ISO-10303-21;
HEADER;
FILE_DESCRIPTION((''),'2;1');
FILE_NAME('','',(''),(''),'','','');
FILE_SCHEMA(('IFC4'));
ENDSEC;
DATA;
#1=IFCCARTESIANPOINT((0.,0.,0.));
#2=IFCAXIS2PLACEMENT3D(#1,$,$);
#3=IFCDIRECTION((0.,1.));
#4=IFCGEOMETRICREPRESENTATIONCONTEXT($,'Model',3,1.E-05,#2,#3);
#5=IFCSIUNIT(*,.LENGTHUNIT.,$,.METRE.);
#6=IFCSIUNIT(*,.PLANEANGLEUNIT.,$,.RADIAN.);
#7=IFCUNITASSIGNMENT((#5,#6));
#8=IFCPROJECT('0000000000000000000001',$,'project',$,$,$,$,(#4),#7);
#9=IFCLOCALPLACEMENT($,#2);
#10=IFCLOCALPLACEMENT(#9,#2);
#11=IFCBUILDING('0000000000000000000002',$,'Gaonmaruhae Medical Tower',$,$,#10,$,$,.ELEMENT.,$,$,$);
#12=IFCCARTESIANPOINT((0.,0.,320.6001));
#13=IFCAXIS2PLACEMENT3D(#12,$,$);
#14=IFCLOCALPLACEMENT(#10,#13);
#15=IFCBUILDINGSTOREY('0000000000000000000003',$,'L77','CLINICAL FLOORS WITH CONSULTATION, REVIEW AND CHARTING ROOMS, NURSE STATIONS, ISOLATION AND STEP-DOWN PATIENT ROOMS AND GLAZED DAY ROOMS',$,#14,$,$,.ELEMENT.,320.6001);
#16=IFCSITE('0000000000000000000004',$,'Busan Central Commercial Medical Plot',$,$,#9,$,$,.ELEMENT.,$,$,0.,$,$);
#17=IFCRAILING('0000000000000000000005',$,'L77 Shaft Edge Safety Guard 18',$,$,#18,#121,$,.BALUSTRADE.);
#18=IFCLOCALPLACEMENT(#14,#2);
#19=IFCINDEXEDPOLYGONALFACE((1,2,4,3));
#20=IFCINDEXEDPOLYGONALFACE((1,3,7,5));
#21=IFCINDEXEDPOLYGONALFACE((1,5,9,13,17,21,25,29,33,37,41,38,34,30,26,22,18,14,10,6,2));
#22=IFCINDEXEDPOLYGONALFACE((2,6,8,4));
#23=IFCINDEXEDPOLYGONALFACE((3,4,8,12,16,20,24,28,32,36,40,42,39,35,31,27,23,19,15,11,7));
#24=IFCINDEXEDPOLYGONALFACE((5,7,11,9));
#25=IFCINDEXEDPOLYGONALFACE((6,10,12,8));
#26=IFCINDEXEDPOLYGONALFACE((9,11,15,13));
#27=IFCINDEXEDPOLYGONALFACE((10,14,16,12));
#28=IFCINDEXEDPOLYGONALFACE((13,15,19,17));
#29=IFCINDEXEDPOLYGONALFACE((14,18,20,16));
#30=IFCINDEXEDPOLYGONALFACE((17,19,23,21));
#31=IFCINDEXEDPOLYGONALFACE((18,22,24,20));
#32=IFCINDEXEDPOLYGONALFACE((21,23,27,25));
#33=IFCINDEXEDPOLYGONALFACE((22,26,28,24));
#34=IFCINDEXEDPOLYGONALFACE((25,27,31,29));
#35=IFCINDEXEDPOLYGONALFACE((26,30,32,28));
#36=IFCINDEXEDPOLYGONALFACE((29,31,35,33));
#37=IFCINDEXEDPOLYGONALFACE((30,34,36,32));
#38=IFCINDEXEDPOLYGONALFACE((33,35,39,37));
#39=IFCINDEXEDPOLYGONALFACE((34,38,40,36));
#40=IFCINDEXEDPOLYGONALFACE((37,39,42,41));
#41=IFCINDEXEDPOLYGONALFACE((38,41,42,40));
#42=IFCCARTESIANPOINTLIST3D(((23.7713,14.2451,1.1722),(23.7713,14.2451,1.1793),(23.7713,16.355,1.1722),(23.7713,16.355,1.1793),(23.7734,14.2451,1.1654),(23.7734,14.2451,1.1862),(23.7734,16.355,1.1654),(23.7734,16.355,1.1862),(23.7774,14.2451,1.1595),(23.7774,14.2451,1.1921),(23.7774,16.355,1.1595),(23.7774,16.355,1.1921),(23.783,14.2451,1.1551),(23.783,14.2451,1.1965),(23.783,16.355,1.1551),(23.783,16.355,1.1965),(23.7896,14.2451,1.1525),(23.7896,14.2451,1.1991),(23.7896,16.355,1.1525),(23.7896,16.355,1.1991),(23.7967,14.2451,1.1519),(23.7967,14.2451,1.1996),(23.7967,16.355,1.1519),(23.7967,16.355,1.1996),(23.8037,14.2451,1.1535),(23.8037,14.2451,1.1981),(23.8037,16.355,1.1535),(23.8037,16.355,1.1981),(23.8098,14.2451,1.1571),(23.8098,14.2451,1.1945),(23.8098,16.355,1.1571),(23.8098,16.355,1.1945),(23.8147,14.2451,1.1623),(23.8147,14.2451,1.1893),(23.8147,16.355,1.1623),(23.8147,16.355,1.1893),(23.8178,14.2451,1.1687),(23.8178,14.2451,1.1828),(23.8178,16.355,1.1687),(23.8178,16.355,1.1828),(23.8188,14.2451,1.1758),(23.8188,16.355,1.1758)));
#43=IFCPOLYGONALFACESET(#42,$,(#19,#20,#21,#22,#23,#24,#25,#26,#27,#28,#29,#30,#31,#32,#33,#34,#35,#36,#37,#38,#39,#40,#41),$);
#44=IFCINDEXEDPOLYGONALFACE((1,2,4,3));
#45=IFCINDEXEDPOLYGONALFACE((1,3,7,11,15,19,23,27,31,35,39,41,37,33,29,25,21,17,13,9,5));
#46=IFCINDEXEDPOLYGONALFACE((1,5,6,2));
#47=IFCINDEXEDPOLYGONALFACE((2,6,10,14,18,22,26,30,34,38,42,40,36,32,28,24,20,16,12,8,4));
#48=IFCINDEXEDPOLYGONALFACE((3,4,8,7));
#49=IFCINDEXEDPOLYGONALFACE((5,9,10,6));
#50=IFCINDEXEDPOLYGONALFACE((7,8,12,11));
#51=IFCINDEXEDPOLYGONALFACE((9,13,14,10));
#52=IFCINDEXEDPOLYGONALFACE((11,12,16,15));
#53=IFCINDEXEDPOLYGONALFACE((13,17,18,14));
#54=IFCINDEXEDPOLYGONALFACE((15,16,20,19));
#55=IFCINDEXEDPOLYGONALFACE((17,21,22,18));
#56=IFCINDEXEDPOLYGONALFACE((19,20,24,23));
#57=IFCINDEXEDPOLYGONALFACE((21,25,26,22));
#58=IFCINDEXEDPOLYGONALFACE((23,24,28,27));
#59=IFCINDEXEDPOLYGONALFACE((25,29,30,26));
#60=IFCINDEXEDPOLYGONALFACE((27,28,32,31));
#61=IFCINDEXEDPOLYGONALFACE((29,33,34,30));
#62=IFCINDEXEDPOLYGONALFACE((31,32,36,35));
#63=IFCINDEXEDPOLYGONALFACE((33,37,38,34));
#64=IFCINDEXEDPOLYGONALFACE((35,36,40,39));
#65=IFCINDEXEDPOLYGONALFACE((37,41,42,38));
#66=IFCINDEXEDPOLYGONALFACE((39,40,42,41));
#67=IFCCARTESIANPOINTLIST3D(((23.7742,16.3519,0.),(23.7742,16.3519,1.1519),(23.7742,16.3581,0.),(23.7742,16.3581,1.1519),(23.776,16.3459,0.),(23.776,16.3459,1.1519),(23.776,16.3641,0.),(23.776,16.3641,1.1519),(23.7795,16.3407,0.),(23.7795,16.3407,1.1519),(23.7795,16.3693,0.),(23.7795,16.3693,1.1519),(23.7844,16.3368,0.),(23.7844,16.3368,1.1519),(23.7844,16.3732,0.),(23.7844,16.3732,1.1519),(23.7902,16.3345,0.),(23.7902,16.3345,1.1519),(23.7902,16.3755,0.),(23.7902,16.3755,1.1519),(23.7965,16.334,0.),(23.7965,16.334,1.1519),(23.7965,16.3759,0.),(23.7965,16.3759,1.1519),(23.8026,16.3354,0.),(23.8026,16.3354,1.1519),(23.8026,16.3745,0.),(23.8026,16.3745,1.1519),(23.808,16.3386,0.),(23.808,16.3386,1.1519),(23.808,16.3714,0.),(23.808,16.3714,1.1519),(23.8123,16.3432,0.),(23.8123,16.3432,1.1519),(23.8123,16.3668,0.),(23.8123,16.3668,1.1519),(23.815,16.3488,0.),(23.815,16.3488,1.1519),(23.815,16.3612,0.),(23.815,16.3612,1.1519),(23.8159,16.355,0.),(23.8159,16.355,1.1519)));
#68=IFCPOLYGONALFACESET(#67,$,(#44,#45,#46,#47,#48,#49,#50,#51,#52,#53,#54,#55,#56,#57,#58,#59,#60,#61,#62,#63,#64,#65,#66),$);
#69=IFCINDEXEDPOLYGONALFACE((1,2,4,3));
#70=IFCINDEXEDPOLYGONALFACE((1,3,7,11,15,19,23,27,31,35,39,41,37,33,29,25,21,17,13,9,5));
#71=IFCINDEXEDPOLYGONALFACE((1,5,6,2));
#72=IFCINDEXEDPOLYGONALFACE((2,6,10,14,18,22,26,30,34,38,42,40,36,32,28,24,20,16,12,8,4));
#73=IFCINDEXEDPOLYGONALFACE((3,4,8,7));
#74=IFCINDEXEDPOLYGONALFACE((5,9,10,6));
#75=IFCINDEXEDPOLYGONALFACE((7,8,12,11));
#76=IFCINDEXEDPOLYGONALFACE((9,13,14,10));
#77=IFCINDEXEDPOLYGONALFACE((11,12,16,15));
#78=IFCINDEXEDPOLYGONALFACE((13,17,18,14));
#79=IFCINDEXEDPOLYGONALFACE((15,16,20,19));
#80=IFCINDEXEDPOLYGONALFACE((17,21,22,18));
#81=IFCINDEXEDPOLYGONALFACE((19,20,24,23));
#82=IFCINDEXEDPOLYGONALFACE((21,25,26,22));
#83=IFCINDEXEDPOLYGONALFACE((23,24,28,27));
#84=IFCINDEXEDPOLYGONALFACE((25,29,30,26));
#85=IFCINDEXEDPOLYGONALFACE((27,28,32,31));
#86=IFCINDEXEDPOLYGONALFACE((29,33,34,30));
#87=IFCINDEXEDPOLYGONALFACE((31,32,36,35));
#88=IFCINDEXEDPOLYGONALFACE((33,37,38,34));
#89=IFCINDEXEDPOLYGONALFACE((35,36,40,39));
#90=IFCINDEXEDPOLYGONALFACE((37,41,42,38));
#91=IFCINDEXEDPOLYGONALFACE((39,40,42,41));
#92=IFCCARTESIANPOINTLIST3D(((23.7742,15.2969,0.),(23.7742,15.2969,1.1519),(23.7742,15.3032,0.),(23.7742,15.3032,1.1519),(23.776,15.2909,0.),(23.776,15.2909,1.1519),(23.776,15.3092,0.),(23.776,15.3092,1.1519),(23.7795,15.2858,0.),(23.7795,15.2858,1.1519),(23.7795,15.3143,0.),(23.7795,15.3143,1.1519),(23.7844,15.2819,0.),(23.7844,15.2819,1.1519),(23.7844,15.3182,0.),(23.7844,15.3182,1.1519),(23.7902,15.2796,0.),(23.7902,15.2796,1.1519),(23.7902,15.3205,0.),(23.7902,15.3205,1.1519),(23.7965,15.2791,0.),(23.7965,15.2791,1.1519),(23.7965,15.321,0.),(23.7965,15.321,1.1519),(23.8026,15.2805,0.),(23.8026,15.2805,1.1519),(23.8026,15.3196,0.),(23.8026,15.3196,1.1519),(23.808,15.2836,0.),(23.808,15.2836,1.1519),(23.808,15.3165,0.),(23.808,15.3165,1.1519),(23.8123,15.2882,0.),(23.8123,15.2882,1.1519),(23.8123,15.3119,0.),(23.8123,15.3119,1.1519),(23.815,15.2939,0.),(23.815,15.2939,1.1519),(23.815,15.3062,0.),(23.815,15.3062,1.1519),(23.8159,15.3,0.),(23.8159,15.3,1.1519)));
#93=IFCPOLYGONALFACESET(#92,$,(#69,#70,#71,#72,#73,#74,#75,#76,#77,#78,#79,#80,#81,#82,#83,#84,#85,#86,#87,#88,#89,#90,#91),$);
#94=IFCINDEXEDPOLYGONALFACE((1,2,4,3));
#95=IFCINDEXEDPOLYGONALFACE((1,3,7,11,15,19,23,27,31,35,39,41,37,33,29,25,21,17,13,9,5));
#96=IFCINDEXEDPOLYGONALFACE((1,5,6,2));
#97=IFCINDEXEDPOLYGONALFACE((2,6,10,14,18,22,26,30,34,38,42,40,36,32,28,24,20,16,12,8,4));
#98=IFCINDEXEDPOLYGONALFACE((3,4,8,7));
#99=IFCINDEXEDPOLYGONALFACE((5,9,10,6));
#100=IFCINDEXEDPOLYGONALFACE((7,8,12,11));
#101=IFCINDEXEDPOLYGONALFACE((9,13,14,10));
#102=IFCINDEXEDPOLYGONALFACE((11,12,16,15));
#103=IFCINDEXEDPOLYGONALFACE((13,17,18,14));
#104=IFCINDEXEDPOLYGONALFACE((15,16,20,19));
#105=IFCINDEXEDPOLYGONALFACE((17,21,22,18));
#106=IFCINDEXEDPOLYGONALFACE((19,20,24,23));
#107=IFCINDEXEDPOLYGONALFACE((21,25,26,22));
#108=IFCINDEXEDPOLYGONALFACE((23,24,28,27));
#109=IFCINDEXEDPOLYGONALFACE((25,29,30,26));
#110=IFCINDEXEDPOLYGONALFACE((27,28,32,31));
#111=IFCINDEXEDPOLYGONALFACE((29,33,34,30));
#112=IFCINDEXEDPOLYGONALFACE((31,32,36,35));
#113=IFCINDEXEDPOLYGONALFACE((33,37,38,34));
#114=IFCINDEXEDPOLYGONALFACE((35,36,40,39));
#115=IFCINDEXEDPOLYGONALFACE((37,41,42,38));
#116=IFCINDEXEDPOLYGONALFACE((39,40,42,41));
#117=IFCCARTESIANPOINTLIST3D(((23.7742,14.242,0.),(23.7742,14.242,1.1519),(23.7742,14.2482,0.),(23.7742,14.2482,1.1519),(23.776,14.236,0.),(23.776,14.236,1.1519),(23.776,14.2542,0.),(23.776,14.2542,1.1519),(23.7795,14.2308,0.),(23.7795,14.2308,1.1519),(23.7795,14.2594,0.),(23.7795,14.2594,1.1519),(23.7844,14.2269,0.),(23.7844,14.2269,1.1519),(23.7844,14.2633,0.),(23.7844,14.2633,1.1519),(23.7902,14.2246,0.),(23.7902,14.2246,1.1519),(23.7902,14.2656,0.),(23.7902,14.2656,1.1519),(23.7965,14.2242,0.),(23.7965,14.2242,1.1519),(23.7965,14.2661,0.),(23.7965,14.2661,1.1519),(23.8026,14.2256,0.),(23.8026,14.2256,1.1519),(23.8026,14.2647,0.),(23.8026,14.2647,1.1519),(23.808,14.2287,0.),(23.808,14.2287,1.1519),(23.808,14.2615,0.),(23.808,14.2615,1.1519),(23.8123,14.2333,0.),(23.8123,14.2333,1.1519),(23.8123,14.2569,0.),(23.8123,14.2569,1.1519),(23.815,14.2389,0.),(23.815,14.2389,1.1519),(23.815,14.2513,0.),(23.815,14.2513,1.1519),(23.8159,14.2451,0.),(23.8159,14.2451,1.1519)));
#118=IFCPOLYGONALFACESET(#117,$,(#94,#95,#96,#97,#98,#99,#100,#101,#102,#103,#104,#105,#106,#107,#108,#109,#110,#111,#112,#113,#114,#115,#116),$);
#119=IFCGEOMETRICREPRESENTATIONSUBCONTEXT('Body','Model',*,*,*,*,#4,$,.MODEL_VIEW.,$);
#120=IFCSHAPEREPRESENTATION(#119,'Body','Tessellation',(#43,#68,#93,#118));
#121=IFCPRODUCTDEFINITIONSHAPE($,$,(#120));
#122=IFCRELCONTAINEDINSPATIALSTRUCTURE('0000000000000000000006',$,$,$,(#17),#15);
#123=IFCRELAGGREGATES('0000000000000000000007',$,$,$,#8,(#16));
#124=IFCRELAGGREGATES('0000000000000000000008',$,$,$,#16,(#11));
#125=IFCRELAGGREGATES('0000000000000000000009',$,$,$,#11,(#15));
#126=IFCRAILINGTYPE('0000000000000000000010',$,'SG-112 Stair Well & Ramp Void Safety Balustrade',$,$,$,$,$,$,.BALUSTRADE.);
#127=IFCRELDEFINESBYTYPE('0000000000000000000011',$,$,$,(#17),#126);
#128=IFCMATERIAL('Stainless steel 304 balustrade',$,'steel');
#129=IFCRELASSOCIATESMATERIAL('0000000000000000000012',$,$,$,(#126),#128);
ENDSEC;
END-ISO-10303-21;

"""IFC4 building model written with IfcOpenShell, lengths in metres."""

from ifc_helpers import new_model, si_unit, direction, frame, origin, origin_2d, place, context, subcontext, project, spatial, circle, extrude, material, type_object, element, save


model = new_model("IFC4")

# Units and contexts
model_context = context("Model", 3, precision=1e-05, world=origin(), true_north=direction((0.0, 1.0)))
body_context = subcontext(model_context, "Body", "Model", "MODEL_VIEW")
ifc_project = project(units=[si_unit("LENGTHUNIT", "METRE"), si_unit("PLANEANGLEUNIT", "RADIAN")], contexts=[model_context])

# Site, building, storey
site_placement = place(None, origin())
site = spatial("IfcSite", under=ifc_project, at=site_placement, Name="Busan Central Commercial Medical Plot", CompositionType="ELEMENT", RefElevation=0.0)
building_placement = place(site_placement, origin())
building = spatial("IfcBuilding", under=site, at=building_placement, Name="Gaonmaruhae Medical Tower", CompositionType="ELEMENT")
storey_placement = place(building_placement, frame((0.0, 0.0, 320.6001)))
storey = spatial("IfcBuildingStorey", under=building, at=storey_placement, Name="L77", Description="CLINICAL FLOORS WITH CONSULTATION, REVIEW AND CHARTING ROOMS, NURSE STATIONS, ISOLATION AND STEP-DOWN PATIENT ROOMS AND GLAZED DAY ROOMS", CompositionType="ELEMENT", Elevation=320.6001)

# Railing
ifc_material_1 = material(Name="Stainless steel 304 balustrade", Category="steel")
railing_type = type_object("IfcRailingType", Name="SG-112 Stair Well & Ramp Void Safety Balustrade", PredefinedType="BALUSTRADE", material=ifc_material_1)
railing_placement = place(storey_placement, frame((23.7949, 16.355, 0.0)))
element("IfcRailing", 1, at=railing_placement, inside=storey, type_object=railing_type, Name="L77 Shaft Edge Safety Guard 18", PredefinedType="BALUSTRADE", context=body_context, shape_type="SweptSolid", body=[
    extrude(circle(Radius=0.0239, at=origin_2d()), frame((0.0, 0.0, 1.1758), z_axis=(0.0, -1.0, 0.0), x_axis=(1.0, 0.0, 0.0)), (0.0, 0.0, 1.0), 2.1099),
    extrude(circle(Radius=0.021, at=origin_2d()), origin(), (0.0, 0.0, 1.0), 1.1519),
    extrude(circle(Radius=0.021, at=origin_2d()), frame((0.0, -1.0549, 0.0)), (0.0, 0.0, 1.0), 1.1519),
    extrude(circle(Radius=0.021, at=origin_2d()), frame((0.0, -2.1099, 0.0)), (0.0, 0.0, 1.0), 1.1519),
])

save(model, "model.ifc")
